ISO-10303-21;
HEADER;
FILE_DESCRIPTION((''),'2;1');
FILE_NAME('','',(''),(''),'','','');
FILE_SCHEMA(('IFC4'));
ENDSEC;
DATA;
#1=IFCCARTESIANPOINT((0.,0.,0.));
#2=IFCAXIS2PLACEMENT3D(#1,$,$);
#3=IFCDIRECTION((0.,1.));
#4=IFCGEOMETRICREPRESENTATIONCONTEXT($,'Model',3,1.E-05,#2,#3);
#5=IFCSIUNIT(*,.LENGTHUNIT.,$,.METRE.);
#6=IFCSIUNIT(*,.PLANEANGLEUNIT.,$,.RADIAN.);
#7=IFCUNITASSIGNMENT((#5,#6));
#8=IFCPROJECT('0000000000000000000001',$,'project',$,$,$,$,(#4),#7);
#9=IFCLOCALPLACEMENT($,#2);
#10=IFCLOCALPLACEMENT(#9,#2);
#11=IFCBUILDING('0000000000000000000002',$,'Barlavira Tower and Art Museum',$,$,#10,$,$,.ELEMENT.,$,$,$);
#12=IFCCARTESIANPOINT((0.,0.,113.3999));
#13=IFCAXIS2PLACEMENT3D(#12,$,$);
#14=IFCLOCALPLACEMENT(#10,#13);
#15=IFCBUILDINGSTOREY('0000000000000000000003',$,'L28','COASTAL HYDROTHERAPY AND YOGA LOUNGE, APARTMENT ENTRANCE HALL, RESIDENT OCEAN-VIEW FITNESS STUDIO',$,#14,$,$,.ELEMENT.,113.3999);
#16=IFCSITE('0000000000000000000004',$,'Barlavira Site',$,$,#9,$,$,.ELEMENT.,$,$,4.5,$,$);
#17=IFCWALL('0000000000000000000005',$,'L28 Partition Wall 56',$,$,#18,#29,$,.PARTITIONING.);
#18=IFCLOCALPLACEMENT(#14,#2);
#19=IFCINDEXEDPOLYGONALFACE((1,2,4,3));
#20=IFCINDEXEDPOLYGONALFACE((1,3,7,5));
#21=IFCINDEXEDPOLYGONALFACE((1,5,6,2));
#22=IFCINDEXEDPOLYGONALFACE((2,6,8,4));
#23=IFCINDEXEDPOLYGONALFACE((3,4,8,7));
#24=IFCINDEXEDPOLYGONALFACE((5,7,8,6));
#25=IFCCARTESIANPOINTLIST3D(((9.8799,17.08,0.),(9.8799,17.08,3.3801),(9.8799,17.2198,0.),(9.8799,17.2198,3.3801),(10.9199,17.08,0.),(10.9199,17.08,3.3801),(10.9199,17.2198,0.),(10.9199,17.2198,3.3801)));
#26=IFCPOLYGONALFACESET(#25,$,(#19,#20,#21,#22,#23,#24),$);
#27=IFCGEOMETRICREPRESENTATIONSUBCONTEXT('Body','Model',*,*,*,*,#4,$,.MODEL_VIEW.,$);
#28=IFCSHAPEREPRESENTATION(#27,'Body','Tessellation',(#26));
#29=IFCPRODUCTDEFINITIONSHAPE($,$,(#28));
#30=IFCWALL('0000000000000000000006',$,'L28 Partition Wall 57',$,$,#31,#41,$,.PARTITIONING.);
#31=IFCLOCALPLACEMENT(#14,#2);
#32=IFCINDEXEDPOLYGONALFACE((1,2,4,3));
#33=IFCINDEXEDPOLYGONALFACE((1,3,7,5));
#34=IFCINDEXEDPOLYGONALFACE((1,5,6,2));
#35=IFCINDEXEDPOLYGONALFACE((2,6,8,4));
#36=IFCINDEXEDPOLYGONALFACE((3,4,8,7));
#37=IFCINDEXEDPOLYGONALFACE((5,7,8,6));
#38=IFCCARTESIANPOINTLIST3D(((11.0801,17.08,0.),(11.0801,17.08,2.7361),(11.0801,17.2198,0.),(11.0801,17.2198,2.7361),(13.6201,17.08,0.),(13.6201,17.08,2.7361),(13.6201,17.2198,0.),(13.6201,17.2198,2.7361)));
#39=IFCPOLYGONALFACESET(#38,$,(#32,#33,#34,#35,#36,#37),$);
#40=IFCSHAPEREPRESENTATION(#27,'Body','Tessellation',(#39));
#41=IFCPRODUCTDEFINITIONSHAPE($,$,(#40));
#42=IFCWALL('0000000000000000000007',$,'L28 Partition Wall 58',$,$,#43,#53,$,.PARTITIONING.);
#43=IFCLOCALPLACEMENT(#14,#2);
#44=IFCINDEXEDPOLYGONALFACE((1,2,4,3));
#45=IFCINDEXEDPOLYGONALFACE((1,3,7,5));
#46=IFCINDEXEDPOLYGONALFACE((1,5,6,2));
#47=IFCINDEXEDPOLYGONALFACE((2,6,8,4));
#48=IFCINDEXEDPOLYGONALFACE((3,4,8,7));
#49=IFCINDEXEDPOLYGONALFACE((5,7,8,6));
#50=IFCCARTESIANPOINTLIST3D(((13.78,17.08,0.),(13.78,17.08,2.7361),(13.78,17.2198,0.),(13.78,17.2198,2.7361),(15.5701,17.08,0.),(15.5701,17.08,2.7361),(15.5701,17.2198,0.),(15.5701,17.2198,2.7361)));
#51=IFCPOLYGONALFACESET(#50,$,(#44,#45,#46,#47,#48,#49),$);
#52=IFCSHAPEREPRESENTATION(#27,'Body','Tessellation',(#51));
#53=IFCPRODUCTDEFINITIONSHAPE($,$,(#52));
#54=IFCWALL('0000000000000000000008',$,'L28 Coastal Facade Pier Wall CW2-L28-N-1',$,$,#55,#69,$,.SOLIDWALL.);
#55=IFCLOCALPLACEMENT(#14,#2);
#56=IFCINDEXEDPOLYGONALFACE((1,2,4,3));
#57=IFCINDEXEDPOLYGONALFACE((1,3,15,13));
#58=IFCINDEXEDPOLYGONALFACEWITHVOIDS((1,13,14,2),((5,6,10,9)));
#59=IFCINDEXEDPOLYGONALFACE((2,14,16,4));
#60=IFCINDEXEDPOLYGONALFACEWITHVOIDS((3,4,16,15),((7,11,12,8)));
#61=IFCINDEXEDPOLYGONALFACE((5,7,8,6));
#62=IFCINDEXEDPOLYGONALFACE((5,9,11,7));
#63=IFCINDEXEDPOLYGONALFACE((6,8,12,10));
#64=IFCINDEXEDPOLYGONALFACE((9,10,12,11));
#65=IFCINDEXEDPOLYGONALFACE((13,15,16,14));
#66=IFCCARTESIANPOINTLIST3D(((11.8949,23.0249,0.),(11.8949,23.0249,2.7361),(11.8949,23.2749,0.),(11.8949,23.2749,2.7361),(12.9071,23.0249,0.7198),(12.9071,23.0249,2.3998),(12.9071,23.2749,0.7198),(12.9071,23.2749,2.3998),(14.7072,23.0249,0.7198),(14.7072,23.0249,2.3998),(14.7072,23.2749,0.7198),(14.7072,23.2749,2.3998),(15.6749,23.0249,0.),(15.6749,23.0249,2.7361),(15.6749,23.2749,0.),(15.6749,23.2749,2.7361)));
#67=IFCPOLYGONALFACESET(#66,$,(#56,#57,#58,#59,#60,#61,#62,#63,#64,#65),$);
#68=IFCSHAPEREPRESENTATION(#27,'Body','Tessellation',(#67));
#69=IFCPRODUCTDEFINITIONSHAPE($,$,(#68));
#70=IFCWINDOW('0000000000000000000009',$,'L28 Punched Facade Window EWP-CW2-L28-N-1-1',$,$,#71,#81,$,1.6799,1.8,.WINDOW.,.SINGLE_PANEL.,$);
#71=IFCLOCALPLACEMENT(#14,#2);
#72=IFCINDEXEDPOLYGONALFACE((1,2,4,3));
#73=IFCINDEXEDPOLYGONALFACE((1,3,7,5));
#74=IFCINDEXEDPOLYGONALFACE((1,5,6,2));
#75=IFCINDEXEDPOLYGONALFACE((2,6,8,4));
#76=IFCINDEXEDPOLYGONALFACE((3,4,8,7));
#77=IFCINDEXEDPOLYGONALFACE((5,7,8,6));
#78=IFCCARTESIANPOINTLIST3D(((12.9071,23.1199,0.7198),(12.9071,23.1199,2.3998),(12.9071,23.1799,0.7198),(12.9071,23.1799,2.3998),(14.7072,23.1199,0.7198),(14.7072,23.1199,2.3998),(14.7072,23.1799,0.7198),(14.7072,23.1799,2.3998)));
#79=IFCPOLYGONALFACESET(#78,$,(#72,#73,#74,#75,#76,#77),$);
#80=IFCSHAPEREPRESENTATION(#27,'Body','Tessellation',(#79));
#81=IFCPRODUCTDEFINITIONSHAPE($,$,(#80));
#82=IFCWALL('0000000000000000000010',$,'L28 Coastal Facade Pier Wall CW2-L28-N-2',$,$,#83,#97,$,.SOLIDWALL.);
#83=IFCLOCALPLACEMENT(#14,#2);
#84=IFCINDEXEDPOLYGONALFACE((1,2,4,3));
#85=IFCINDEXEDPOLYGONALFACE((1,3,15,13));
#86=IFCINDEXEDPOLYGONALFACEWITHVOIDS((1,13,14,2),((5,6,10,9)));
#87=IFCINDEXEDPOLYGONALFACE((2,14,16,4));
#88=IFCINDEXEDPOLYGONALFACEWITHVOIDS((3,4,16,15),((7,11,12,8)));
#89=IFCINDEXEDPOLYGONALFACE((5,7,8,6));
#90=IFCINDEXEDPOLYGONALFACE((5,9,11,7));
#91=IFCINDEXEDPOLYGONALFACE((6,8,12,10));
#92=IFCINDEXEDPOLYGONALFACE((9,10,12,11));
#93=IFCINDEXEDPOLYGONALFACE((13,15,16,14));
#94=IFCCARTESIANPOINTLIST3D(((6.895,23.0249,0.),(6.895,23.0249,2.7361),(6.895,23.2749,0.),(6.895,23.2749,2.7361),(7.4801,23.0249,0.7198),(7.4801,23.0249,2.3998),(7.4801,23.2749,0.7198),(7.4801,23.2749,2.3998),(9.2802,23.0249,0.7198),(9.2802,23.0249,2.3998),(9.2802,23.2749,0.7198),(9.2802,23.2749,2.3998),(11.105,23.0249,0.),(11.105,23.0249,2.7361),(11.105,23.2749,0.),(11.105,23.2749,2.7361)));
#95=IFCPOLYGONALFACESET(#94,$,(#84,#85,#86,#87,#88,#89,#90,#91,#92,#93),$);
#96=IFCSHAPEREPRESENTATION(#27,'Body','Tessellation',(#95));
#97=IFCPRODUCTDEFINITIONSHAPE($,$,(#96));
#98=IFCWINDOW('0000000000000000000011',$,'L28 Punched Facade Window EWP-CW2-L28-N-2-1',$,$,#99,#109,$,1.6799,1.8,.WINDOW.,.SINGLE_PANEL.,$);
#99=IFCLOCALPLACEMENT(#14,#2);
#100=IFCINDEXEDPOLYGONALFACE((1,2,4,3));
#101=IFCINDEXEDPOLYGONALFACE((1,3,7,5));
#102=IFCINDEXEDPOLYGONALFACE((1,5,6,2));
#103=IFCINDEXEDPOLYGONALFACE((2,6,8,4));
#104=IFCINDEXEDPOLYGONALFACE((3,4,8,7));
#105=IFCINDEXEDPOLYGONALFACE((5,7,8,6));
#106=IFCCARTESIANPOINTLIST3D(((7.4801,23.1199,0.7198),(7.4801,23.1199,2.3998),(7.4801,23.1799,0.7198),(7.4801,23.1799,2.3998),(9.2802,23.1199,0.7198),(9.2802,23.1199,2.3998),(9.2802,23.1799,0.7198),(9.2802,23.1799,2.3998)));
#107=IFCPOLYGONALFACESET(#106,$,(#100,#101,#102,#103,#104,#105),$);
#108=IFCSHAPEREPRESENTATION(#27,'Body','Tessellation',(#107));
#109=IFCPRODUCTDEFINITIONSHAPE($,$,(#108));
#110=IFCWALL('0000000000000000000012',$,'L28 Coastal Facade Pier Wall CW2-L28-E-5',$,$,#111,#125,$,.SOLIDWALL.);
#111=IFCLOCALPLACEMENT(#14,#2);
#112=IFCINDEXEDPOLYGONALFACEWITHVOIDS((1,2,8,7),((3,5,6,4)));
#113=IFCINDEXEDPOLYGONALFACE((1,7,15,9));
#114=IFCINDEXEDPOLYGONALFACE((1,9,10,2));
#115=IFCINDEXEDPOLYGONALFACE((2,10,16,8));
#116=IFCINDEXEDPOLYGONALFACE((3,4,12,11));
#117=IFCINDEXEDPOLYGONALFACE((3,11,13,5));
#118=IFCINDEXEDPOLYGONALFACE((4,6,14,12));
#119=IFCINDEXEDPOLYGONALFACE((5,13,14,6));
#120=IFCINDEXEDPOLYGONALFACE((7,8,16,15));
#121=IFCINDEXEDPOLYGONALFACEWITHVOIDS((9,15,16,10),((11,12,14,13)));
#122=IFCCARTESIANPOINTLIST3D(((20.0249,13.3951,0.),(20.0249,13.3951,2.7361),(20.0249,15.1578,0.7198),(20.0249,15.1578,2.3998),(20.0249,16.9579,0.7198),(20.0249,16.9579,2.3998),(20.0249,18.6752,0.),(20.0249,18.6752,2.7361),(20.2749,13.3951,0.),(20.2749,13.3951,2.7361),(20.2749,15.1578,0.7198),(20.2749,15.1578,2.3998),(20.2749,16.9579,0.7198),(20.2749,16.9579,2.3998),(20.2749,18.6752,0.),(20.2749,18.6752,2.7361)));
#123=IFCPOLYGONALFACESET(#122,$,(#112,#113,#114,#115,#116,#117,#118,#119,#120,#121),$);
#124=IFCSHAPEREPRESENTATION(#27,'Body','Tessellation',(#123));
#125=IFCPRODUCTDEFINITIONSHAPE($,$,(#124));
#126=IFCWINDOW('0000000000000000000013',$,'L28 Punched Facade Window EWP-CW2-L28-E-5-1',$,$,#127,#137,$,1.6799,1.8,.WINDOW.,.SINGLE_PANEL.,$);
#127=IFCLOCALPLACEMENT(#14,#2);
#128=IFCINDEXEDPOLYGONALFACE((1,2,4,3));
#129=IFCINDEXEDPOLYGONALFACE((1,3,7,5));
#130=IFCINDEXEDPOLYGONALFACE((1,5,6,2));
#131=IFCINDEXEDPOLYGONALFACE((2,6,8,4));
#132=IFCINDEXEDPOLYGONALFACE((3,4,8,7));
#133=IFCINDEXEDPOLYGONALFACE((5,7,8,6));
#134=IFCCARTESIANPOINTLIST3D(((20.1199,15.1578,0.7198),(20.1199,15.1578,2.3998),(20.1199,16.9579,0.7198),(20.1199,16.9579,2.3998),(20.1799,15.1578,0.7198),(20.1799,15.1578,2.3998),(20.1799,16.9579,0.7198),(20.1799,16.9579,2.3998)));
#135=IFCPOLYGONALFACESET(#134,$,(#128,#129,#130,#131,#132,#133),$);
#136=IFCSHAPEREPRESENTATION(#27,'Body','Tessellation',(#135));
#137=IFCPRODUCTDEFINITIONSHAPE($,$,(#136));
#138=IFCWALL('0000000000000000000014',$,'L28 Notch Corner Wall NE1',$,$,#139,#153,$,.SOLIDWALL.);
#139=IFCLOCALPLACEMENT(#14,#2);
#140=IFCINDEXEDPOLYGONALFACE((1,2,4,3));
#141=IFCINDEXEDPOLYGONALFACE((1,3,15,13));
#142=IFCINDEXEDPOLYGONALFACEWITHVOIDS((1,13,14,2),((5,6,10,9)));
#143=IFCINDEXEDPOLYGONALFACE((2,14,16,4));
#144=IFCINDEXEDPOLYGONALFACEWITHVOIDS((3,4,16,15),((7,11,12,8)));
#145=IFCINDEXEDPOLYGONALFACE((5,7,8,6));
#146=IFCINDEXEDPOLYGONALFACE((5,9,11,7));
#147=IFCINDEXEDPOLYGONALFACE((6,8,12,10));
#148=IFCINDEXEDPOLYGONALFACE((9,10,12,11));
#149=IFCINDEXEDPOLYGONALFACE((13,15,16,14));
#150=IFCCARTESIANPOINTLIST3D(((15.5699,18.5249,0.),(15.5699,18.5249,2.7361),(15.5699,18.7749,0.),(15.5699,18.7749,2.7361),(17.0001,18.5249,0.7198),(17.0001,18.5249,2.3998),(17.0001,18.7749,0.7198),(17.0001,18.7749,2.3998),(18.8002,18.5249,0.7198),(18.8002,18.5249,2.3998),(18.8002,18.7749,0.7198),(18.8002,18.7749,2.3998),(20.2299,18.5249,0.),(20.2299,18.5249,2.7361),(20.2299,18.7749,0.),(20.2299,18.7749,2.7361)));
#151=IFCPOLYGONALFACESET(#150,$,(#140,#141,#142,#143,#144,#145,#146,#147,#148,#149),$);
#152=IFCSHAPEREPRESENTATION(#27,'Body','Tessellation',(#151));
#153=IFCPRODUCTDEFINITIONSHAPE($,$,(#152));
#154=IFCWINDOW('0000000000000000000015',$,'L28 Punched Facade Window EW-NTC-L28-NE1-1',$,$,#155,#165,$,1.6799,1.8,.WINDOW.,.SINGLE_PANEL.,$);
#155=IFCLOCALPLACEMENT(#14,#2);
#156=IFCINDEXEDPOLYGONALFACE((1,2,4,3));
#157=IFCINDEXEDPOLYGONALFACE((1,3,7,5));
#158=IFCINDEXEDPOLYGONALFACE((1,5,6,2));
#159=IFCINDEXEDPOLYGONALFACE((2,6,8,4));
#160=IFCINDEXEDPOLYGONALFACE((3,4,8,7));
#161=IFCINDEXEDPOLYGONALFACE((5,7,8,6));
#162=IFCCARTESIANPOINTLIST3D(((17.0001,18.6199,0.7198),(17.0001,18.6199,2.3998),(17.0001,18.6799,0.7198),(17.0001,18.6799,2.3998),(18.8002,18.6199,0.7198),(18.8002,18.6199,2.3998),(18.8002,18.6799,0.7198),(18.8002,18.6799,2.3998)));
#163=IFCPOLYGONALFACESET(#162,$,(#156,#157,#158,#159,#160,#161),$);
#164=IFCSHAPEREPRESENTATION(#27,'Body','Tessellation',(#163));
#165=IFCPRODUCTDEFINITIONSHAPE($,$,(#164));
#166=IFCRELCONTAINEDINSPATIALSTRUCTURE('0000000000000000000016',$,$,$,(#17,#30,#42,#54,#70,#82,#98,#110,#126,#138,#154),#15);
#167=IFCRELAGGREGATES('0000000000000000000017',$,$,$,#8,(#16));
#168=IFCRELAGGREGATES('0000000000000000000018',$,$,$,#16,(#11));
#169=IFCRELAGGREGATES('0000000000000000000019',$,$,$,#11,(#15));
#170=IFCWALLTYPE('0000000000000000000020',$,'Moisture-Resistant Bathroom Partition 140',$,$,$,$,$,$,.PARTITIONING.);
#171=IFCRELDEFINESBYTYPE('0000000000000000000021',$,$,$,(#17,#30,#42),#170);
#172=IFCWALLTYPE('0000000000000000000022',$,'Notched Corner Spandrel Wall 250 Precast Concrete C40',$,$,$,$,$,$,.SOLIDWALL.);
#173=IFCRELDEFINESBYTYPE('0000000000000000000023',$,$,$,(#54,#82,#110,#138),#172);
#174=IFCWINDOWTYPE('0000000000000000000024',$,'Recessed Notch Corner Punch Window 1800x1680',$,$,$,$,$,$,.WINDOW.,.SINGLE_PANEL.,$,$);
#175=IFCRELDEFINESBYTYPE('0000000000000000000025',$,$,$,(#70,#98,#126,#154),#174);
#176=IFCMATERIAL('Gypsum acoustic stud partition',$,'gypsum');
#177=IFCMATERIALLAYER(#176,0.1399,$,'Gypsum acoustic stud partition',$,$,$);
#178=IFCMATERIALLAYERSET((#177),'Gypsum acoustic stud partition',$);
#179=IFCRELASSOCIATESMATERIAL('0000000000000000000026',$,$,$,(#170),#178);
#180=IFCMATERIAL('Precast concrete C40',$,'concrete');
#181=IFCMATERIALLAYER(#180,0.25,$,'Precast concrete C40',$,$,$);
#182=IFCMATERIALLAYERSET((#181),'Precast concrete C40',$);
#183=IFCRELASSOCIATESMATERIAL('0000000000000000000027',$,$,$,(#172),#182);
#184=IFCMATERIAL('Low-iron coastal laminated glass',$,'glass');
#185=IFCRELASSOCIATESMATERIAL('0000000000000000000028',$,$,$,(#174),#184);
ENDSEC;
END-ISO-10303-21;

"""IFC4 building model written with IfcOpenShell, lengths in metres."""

from ifc_helpers import new_model, si_unit, direction, frame, frame_2d, origin, place, context, subcontext, project, spatial, rectangle, extrude, material, layer, layer_set, type_object, element, fill, save


model = new_model("IFC4")

# Units and contexts
model_context = context("Model", 3, precision=1e-05, world=origin(), true_north=direction((0.0, 1.0)))
body_context = subcontext(model_context, "Body", "Model", "MODEL_VIEW")
ifc_project = project(units=[si_unit("LENGTHUNIT", "METRE"), si_unit("PLANEANGLEUNIT", "RADIAN")], contexts=[model_context])

# Site, building, storey
site_placement = place(None, origin())
site = spatial("IfcSite", under=ifc_project, at=site_placement, Name="Barlavira Site", CompositionType="ELEMENT", RefElevation=4.5)
building_placement = place(site_placement, origin())
building = spatial("IfcBuilding", under=site, at=building_placement, Name="Barlavira Tower and Art Museum", CompositionType="ELEMENT")
storey_placement = place(building_placement, frame((0.0, 0.0, 113.3999)))
storey = spatial("IfcBuildingStorey", under=building, at=storey_placement, Name="L28", Description="COASTAL HYDROTHERAPY AND YOGA LOUNGE, APARTMENT ENTRANCE HALL, RESIDENT OCEAN-VIEW FITNESS STUDIO", CompositionType="ELEMENT", Elevation=113.3999)

# Shared definitions
ifc_material_1 = material(Name="Gypsum acoustic stud partition", Category="gypsum")

# Walls
ifc_layer_1 = layer(ifc_material_1, 0.1399, Name="Gypsum acoustic stud partition")
ifc_layer_set_1 = layer_set([ifc_layer_1], Name="Gypsum acoustic stud partition")
wall_type_1 = type_object("IfcWallType", Name="Moisture-Resistant Bathroom Partition 140", PredefinedType="PARTITIONING", material=ifc_layer_set_1)
wall_1_placement = place(storey_placement, frame((9.8799, 17.1499, 0.0), z_axis=(0.0, 0.0, 1.0), x_axis=(1.0, 0.0, 0.0)))
element("IfcWall", 1, at=wall_1_placement, inside=storey, type_object=wall_type_1, Name="L28 Partition Wall 56", PredefinedType="PARTITIONING", context=body_context, shape_type="SweptSolid", body=[
    extrude(rectangle(XDim=1.04, YDim=0.1399, at=frame_2d((0.52, 0.0))), origin(), (0.0, 0.0, 1.0), 3.3801),
])
wall_2_placement = place(storey_placement, frame((11.0801, 17.1499, 0.0), z_axis=(0.0, 0.0, 1.0), x_axis=(1.0, 0.0, 0.0)))
element("IfcWall", 2, at=wall_2_placement, inside=storey, type_object=wall_type_1, Name="L28 Partition Wall 57", PredefinedType="PARTITIONING", context=body_context, shape_type="SweptSolid", body=[
    extrude(rectangle(XDim=2.54, YDim=0.1399, at=frame_2d((1.27, 0.0))), origin(), (0.0, 0.0, 1.0), 2.7361),
])
wall_3_placement = place(storey_placement, frame((13.78, 17.1499, 0.0), z_axis=(0.0, 0.0, 1.0), x_axis=(1.0, 0.0, 0.0)))
element("IfcWall", 3, at=wall_3_placement, inside=storey, type_object=wall_type_1, Name="L28 Partition Wall 58", PredefinedType="PARTITIONING", context=body_context, shape_type="SweptSolid", body=[
    extrude(rectangle(XDim=1.79, YDim=0.1399, at=frame_2d((0.895, 0.0))), origin(), (0.0, 0.0, 1.0), 2.7361),
])

# Walls, openings, windows
ifc_material_2 = material(Name="Precast concrete C40", Category="concrete")
ifc_layer_2 = layer(ifc_material_2, 0.25, Name="Precast concrete C40")
ifc_layer_set_2 = layer_set([ifc_layer_2], Name="Precast concrete C40")
wall_type_2 = type_object("IfcWallType", Name="Notched Corner Spandrel Wall 250 Precast Concrete C40", PredefinedType="SOLIDWALL", material=ifc_layer_set_2)
wall_4_placement = place(storey_placement, frame((15.675, 23.1499, 0.0), z_axis=(0.0, 0.0, 1.0), x_axis=(-1.0, 0.0, 0.0)))
wall_4 = element("IfcWall", 4, at=wall_4_placement, inside=storey, type_object=wall_type_2, Name="L28 Coastal Facade Pier Wall CW2-L28-N-1", PredefinedType="SOLIDWALL", context=body_context, shape_type="SweptSolid", body=[
    extrude(rectangle(XDim=3.78, YDim=0.25, at=frame_2d((1.8901, 0.0))), origin(), (0.0, 0.0, 1.0), 2.7361),
])
opening_1_placement = place(wall_4_placement, frame((0.968, 0.0, 0.72)))
opening_1 = element("IfcOpeningElement", 5, at=opening_1_placement, cuts=wall_4, PredefinedType="OPENING", context=body_context, shape_type="SweptSolid", body=[
    extrude(rectangle(XDim=1.8, YDim=1.6799, at=frame_2d((0.8999, 0.8398))), frame((0.0, 0.135, 0.0), z_axis=(0.0, -1.0, 0.0), x_axis=(1.0, 0.0, 0.0)), (0.0, 0.0, 1.0), 0.27),
])
ifc_material_3 = material(Name="Low-iron coastal laminated glass", Category="glass")
window_type = type_object("IfcWindowType", Name="Recessed Notch Corner Punch Window 1800x1680", PartitioningType="SINGLE_PANEL", PredefinedType="WINDOW", material=ifc_material_3)
window_1_placement = place(opening_1_placement, origin())
window_1 = element("IfcWindow", 6, at=window_1_placement, inside=storey, type_object=window_type, Name="L28 Punched Facade Window EWP-CW2-L28-N-1-1", OverallHeight=1.6799, OverallWidth=1.8, PartitioningType="SINGLE_PANEL", PredefinedType="WINDOW", context=body_context, shape_type="SweptSolid", body=[
    extrude(rectangle(XDim=1.8, YDim=1.6799, at=frame_2d((0.8999, 0.8398))), frame((0.0, 0.03, 0.0), z_axis=(0.0, -1.0, 0.0), x_axis=(1.0, 0.0, 0.0)), (0.0, 0.0, 1.0), 0.0601),
])
fill(opening_1, window_1)
wall_5_placement = place(storey_placement, frame((11.105, 23.1499, 0.0), z_axis=(0.0, 0.0, 1.0), x_axis=(-1.0, 0.0, 0.0)))
wall_5 = element("IfcWall", 7, at=wall_5_placement, inside=storey, type_object=wall_type_2, Name="L28 Coastal Facade Pier Wall CW2-L28-N-2", PredefinedType="SOLIDWALL", context=body_context, shape_type="SweptSolid", body=[
    extrude(rectangle(XDim=4.21, YDim=0.25, at=frame_2d((2.105, 0.0))), origin(), (0.0, 0.0, 1.0), 2.7361),
])
opening_2_placement = place(wall_5_placement, frame((1.825, 0.0, 0.72)))
opening_2 = element("IfcOpeningElement", 8, at=opening_2_placement, cuts=wall_5, PredefinedType="OPENING", context=body_context, shape_type="SweptSolid", body=[
    extrude(rectangle(XDim=1.8, YDim=1.6799, at=frame_2d((0.8999, 0.8398))), frame((0.0, 0.135, 0.0), z_axis=(0.0, -1.0, 0.0), x_axis=(1.0, 0.0, 0.0)), (0.0, 0.0, 1.0), 0.27),
])
window_2_placement = place(opening_2_placement, origin())
window_2 = element("IfcWindow", 9, at=window_2_placement, inside=storey, type_object=window_type, Name="L28 Punched Facade Window EWP-CW2-L28-N-2-1", OverallHeight=1.6799, OverallWidth=1.8, PartitioningType="SINGLE_PANEL", PredefinedType="WINDOW", context=body_context, shape_type="SweptSolid", body=[
    extrude(rectangle(XDim=1.8, YDim=1.6799, at=frame_2d((0.8999, 0.8398))), frame((0.0, 0.03, 0.0), z_axis=(0.0, -1.0, 0.0), x_axis=(1.0, 0.0, 0.0)), (0.0, 0.0, 1.0), 0.0601),
])
fill(opening_2, window_2)
wall_6_placement = place(storey_placement, frame((20.1499, 13.395, 0.0), z_axis=(0.0, 0.0, 1.0), x_axis=(0.0, 1.0, 0.0)))
wall_6 = element("IfcWall", 10, at=wall_6_placement, inside=storey, type_object=wall_type_2, Name="L28 Coastal Facade Pier Wall CW2-L28-E-5", PredefinedType="SOLIDWALL", context=body_context, shape_type="SweptSolid", body=[
    extrude(rectangle(XDim=5.28, YDim=0.25, at=frame_2d((2.6401, 0.0))), origin(), (0.0, 0.0, 1.0), 2.7361),
])
opening_3_placement = place(wall_6_placement, frame((1.7629, 0.0, 0.72)))
opening_3 = element("IfcOpeningElement", 11, at=opening_3_placement, cuts=wall_6, PredefinedType="OPENING", context=body_context, shape_type="SweptSolid", body=[
    extrude(rectangle(XDim=1.8, YDim=1.6799, at=frame_2d((0.8999, 0.8398))), frame((0.0, 0.135, 0.0), z_axis=(0.0, -1.0, 0.0), x_axis=(1.0, 0.0, 0.0)), (0.0, 0.0, 1.0), 0.27),
])
window_3_placement = place(opening_3_placement, origin())
window_3 = element("IfcWindow", 12, at=window_3_placement, inside=storey, type_object=window_type, Name="L28 Punched Facade Window EWP-CW2-L28-E-5-1", OverallHeight=1.6799, OverallWidth=1.8, PartitioningType="SINGLE_PANEL", PredefinedType="WINDOW", context=body_context, shape_type="SweptSolid", body=[
    extrude(rectangle(XDim=1.8, YDim=1.6799, at=frame_2d((0.8999, 0.8398))), frame((0.0, 0.03, 0.0), z_axis=(0.0, -1.0, 0.0), x_axis=(1.0, 0.0, 0.0)), (0.0, 0.0, 1.0), 0.0601),
])
fill(opening_3, window_3)
wall_7_placement = place(storey_placement, frame((20.23, 18.6499, 0.0), z_axis=(0.0, 0.0, 1.0), x_axis=(-1.0, 0.0, 0.0)))
wall_7 = element("IfcWall", 13, at=wall_7_placement, inside=storey, type_object=wall_type_2, Name="L28 Notch Corner Wall NE1", PredefinedType="SOLIDWALL", context=body_context, shape_type="SweptSolid", body=[
    extrude(rectangle(XDim=4.6599, YDim=0.25, at=frame_2d((2.3301, 0.0))), origin(), (0.0, 0.0, 1.0), 2.7361),
])
opening_4_placement = place(wall_7_placement, frame((1.4299, 0.0, 0.72)))
opening_4 = element("IfcOpeningElement", 14, at=opening_4_placement, cuts=wall_7, PredefinedType="OPENING", context=body_context, shape_type="SweptSolid", body=[
    extrude(rectangle(XDim=1.8, YDim=1.6799, at=frame_2d((0.8999, 0.8398))), frame((0.0, 0.135, 0.0), z_axis=(0.0, -1.0, 0.0), x_axis=(1.0, 0.0, 0.0)), (0.0, 0.0, 1.0), 0.27),
])
window_4_placement = place(opening_4_placement, origin())
window_4 = element("IfcWindow", 15, at=window_4_placement, inside=storey, type_object=window_type, Name="L28 Punched Facade Window EW-NTC-L28-NE1-1", OverallHeight=1.6799, OverallWidth=1.8, PartitioningType="SINGLE_PANEL", PredefinedType="WINDOW", context=body_context, shape_type="SweptSolid", body=[
    extrude(rectangle(XDim=1.8, YDim=1.6799, at=frame_2d((0.8999, 0.8398))), frame((0.0, 0.03, 0.0), z_axis=(0.0, -1.0, 0.0), x_axis=(1.0, 0.0, 0.0)), (0.0, 0.0, 1.0), 0.0601),
])
fill(opening_4, window_4)

save(model, "model.ifc")
